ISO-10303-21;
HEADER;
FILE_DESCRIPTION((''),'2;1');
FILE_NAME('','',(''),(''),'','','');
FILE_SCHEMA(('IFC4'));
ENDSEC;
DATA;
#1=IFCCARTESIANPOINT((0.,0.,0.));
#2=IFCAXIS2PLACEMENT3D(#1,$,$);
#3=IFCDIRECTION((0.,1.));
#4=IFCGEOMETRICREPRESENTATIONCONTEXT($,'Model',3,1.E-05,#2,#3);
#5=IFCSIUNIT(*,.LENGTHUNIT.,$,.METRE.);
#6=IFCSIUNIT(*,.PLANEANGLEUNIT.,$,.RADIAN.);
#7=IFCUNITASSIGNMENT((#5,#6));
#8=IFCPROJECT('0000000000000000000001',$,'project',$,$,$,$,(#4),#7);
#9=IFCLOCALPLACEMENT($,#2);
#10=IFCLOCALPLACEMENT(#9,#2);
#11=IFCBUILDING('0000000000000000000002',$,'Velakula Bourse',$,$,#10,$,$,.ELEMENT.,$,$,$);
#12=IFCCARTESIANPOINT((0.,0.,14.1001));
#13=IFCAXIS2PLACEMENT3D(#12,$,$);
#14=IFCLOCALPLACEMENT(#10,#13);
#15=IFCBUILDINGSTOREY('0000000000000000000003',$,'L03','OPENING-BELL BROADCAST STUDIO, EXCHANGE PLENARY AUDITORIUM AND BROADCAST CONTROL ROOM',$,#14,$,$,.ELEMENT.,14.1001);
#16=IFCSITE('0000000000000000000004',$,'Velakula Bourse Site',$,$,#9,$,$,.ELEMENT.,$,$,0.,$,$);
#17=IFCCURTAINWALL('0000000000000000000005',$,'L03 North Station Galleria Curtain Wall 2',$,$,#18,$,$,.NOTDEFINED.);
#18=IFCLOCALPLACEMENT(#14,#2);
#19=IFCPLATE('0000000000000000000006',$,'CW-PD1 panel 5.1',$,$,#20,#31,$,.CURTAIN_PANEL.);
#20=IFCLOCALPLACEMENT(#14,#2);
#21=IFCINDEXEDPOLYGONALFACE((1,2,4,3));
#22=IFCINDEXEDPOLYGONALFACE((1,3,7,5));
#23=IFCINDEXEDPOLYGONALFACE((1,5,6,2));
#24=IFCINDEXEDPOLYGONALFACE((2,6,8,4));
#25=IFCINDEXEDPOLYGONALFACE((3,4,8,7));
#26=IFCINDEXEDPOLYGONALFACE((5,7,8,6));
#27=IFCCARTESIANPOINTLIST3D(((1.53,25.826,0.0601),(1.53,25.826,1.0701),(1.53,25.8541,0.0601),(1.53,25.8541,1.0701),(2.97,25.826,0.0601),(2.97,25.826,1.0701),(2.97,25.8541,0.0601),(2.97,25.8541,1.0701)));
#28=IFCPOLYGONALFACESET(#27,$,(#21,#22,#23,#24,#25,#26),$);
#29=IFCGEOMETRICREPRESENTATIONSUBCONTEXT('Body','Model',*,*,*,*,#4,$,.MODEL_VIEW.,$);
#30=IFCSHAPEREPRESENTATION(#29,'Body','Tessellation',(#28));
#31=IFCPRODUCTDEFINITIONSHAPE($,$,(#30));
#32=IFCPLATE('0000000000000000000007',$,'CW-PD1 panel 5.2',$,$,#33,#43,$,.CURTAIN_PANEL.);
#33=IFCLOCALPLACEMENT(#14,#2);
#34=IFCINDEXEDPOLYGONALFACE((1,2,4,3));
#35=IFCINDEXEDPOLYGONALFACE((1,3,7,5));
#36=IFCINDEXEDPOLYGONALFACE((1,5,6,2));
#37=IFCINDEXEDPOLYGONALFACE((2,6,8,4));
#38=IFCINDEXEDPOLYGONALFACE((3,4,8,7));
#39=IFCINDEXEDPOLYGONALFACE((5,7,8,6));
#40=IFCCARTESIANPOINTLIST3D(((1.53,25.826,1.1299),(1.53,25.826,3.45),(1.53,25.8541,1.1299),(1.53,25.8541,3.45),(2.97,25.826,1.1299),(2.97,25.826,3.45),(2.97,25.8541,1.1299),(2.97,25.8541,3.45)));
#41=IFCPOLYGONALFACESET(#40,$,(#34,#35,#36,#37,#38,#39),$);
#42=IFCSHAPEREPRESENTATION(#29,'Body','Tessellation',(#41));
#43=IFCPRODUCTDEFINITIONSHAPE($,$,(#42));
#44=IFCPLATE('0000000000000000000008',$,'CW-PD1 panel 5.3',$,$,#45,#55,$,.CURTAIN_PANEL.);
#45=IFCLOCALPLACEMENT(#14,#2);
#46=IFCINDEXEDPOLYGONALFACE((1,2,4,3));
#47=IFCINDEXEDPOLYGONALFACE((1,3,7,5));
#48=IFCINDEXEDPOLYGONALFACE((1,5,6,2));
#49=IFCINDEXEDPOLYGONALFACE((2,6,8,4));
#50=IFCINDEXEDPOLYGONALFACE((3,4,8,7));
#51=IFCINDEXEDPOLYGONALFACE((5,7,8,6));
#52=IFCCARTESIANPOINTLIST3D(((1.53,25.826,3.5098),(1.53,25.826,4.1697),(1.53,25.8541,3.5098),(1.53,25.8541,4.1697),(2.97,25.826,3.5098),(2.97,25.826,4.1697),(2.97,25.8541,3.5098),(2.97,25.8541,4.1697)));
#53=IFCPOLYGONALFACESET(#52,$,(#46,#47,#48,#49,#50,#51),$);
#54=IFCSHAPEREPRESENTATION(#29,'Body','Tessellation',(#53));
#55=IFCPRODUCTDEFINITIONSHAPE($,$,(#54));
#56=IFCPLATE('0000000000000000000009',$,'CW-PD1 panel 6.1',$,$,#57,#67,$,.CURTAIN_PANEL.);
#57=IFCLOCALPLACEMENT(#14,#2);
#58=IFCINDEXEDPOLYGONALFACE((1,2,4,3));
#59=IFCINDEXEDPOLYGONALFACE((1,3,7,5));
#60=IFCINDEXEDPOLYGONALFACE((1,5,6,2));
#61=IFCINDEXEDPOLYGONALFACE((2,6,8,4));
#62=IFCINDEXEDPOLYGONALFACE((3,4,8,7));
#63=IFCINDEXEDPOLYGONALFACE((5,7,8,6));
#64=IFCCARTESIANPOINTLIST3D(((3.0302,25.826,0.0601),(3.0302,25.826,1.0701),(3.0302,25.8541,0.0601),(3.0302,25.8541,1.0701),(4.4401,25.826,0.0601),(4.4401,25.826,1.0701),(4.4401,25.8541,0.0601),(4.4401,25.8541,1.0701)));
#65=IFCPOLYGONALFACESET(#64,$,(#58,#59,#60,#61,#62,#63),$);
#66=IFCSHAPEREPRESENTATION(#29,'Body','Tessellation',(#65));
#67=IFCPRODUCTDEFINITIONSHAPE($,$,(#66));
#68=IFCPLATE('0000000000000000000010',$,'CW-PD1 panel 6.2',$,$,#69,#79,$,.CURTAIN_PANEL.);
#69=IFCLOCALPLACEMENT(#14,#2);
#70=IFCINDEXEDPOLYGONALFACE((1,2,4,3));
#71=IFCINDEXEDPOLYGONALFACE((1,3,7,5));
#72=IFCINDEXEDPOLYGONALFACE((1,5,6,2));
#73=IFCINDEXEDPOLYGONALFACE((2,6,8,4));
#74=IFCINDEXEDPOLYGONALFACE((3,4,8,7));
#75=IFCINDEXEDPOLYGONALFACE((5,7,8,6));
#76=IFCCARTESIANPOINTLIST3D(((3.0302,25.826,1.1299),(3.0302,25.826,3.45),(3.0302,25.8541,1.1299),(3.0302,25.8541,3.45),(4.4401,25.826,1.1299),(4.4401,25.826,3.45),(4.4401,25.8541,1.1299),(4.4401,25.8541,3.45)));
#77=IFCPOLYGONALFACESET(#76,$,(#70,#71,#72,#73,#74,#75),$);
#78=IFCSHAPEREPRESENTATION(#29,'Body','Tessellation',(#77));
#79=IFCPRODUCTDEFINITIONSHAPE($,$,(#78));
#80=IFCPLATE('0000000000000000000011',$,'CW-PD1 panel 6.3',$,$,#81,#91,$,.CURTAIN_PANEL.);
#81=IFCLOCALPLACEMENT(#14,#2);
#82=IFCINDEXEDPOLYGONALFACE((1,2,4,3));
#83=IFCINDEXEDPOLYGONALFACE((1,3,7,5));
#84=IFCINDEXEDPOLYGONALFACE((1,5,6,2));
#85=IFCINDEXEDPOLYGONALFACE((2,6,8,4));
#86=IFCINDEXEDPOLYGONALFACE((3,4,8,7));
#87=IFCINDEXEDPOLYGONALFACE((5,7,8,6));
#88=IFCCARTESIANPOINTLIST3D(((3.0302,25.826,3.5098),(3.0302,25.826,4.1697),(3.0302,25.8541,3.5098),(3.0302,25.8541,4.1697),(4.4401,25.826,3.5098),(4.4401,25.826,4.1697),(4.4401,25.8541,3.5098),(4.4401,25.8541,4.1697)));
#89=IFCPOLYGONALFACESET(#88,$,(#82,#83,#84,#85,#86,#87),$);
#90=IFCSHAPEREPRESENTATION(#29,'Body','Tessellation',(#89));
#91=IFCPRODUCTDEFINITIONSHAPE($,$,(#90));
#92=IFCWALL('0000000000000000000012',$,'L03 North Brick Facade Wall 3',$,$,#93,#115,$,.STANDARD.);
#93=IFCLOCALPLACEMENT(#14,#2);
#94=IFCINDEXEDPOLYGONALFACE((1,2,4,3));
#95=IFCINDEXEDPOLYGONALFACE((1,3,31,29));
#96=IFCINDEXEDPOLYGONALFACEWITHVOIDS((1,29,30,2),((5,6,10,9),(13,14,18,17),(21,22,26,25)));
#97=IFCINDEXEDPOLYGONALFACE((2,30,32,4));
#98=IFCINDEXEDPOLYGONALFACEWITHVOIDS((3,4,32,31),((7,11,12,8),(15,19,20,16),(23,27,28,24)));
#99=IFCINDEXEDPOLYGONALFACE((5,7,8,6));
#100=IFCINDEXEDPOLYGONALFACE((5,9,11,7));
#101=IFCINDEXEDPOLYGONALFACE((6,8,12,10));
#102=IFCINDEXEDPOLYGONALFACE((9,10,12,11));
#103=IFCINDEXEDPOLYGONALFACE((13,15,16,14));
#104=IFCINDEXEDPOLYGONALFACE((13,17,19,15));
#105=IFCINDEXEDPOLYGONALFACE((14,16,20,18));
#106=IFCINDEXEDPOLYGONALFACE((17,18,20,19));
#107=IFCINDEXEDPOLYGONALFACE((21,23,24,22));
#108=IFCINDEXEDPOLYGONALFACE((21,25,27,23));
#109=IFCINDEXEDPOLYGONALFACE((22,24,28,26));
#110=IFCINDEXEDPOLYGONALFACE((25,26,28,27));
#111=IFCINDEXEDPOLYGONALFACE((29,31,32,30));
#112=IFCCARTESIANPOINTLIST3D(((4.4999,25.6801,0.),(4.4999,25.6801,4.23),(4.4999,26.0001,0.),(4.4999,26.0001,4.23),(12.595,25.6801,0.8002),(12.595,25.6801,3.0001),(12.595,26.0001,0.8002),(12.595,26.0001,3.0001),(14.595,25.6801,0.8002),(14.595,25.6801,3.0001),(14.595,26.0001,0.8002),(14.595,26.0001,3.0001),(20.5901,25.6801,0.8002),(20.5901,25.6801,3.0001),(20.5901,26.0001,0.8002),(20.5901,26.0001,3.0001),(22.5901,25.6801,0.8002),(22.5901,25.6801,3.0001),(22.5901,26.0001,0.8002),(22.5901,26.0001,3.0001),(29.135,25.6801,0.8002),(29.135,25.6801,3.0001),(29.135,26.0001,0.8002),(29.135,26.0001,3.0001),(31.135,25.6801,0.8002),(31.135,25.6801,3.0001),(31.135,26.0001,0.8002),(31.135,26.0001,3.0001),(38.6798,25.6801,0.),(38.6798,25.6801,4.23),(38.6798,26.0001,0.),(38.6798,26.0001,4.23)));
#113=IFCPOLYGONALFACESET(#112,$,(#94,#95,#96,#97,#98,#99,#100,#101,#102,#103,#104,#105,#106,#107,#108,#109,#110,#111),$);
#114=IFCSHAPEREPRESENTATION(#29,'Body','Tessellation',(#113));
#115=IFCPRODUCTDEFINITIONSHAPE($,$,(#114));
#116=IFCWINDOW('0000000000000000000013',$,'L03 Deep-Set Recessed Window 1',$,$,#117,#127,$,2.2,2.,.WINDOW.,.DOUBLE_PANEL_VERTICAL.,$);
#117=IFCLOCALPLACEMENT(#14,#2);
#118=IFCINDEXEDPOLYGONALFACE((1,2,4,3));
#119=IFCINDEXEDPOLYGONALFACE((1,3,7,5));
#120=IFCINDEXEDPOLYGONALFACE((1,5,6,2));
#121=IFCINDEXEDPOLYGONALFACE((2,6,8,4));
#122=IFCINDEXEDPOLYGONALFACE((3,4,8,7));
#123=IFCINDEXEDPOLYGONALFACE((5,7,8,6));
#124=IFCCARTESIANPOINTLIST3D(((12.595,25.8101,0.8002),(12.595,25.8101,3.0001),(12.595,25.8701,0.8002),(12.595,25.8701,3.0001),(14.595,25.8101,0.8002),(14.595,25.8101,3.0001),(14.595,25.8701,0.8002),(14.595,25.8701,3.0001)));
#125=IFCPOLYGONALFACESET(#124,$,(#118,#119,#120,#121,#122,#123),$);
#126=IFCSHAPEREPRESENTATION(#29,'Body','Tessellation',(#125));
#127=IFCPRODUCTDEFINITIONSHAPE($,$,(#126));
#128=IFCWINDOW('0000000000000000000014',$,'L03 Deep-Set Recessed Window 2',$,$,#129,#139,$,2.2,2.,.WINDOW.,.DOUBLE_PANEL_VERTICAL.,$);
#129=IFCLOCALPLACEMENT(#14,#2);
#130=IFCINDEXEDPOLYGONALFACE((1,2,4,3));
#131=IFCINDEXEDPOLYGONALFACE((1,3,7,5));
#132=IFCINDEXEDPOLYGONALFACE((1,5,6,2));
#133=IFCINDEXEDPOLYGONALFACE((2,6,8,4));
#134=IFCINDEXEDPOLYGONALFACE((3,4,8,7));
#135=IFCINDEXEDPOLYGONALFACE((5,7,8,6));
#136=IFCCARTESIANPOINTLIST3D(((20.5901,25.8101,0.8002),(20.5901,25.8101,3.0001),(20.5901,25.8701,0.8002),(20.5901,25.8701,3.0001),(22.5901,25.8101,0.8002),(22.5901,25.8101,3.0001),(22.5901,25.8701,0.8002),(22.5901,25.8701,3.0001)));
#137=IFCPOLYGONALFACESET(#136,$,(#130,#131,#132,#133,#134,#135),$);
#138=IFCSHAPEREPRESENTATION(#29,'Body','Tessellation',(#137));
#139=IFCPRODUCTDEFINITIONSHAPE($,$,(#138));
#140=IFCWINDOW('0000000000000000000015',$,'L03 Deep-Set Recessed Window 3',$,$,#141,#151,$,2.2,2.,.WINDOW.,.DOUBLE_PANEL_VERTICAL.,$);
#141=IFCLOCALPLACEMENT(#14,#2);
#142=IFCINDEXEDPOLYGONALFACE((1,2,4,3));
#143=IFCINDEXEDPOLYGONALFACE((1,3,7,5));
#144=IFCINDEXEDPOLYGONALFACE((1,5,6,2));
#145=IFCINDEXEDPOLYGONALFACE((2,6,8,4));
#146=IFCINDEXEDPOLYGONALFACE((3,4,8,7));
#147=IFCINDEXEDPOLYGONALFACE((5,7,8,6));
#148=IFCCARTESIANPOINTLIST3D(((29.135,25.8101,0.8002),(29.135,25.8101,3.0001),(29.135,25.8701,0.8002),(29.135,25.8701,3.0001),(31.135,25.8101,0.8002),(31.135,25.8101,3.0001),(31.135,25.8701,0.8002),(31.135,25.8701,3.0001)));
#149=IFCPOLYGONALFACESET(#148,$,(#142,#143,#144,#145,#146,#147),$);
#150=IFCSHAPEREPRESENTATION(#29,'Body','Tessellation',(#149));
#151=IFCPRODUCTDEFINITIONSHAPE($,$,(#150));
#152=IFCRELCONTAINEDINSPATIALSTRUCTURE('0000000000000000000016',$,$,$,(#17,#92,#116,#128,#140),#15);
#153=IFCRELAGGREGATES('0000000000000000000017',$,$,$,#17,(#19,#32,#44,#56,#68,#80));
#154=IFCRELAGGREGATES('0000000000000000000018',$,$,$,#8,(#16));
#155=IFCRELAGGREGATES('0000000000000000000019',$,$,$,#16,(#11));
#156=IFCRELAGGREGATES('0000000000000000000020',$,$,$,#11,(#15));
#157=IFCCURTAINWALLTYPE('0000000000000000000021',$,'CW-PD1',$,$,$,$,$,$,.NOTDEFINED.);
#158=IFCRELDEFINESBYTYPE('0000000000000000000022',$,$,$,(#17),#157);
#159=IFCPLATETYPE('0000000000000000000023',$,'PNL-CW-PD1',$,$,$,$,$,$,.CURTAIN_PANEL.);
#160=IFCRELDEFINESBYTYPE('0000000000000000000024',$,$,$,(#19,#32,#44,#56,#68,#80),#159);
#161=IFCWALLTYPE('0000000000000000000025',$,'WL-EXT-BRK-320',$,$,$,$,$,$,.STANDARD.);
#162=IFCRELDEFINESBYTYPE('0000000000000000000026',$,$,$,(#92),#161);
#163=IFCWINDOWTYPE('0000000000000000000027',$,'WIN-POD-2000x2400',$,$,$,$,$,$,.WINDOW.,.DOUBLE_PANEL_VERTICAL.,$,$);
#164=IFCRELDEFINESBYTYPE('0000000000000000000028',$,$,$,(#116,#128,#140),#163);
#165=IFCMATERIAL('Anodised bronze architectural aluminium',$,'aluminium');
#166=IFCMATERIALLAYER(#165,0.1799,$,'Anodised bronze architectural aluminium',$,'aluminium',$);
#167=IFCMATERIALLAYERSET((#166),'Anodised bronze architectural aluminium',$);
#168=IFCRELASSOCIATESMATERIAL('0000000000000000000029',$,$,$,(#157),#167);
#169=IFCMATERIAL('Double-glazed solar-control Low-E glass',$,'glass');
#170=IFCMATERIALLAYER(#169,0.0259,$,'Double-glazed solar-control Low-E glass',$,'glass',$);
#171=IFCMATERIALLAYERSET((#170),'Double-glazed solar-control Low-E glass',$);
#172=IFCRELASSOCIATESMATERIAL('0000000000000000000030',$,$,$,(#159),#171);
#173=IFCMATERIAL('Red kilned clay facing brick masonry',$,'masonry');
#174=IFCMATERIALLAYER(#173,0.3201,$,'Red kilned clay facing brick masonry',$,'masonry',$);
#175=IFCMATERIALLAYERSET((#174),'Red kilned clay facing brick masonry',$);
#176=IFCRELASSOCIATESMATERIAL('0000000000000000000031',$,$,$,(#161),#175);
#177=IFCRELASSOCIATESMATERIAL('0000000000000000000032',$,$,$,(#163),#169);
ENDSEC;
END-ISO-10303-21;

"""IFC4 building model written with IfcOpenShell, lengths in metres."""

from ifc_helpers import new_model, si_unit, direction, frame, frame_2d, origin, origin_2d, place, context, subcontext, project, spatial, rectangle, extrude, material, layer, layer_set, type_object, element, fill, aggregate, save


model = new_model("IFC4")

# Units and contexts
model_context = context("Model", 3, precision=1e-05, world=origin(), true_north=direction((0.0, 1.0)))
body_context = subcontext(model_context, "Body", "Model", "MODEL_VIEW")
ifc_project = project(units=[si_unit("LENGTHUNIT", "METRE"), si_unit("PLANEANGLEUNIT", "RADIAN")], contexts=[model_context])

# Site, building, storey
site_placement = place(None, origin())
site = spatial("IfcSite", under=ifc_project, at=site_placement, Name="Velakula Bourse Site", CompositionType="ELEMENT", RefElevation=0.0)
building_placement = place(site_placement, origin())
building = spatial("IfcBuilding", under=site, at=building_placement, Name="Velakula Bourse", CompositionType="ELEMENT")
storey_placement = place(building_placement, frame((0.0, 0.0, 14.1001)))
storey = spatial("IfcBuildingStorey", under=building, at=storey_placement, Name="L03", Description="OPENING-BELL BROADCAST STUDIO, EXCHANGE PLENARY AUDITORIUM AND BROADCAST CONTROL ROOM", CompositionType="ELEMENT", Elevation=14.1001)

# Curtain wall, plates
ifc_material_1 = material(Name="Anodised bronze architectural aluminium", Category="aluminium")
ifc_layer_1 = layer(ifc_material_1, 0.1799, Name="Anodised bronze architectural aluminium", Category="aluminium")
ifc_layer_set_1 = layer_set([ifc_layer_1], Name="Anodised bronze architectural aluminium")
curtain_wall_type = type_object("IfcCurtainWallType", Name="CW-PD1", PredefinedType="NOTDEFINED", material=ifc_layer_set_1)
curtain_wall_placement = place(storey_placement, origin())
curtain_wall = element("IfcCurtainWall", 1, at=curtain_wall_placement, inside=storey, type_object=curtain_wall_type, Name="L03 North Station Galleria Curtain Wall 2", PredefinedType="NOTDEFINED")
ifc_material_2 = material(Name="Double-glazed solar-control Low-E glass", Category="glass")
ifc_layer_2 = layer(ifc_material_2, 0.0259, Name="Double-glazed solar-control Low-E glass", Category="glass")
ifc_layer_set_2 = layer_set([ifc_layer_2], Name="Double-glazed solar-control Low-E glass")
plate_type = type_object("IfcPlateType", Name="PNL-CW-PD1", PredefinedType="CURTAIN_PANEL", material=ifc_layer_set_2)
plate_1_placement = place(storey_placement, frame((2.25, 25.8401, 0.0601), z_axis=(0.0, 0.0, 1.0), x_axis=(1.0, 0.0, 0.0)))
plate_1 = element("IfcPlate", 2, at=plate_1_placement, type_object=plate_type, Name="CW-PD1 panel 5.1", PredefinedType="CURTAIN_PANEL", context=body_context, shape_type="SweptSolid", body=[
    extrude(rectangle(XDim=1.4399, YDim=0.0281, at=origin_2d()), origin(), (0.0, 0.0, 1.0), 1.01),
])
plate_2_placement = place(storey_placement, frame((2.25, 25.8401, 1.1299), z_axis=(0.0, 0.0, 1.0), x_axis=(1.0, 0.0, 0.0)))
plate_2 = element("IfcPlate", 3, at=plate_2_placement, type_object=plate_type, Name="CW-PD1 panel 5.2", PredefinedType="CURTAIN_PANEL", context=body_context, shape_type="SweptSolid", body=[
    extrude(rectangle(XDim=1.4399, YDim=0.0281, at=origin_2d()), origin(), (0.0, 0.0, 1.0), 2.3201),
])
plate_3_placement = place(storey_placement, frame((2.25, 25.8401, 3.5098), z_axis=(0.0, 0.0, 1.0), x_axis=(1.0, 0.0, 0.0)))
plate_3 = element("IfcPlate", 4, at=plate_3_placement, type_object=plate_type, Name="CW-PD1 panel 5.3", PredefinedType="CURTAIN_PANEL", context=body_context, shape_type="SweptSolid", body=[
    extrude(rectangle(XDim=1.4399, YDim=0.0281, at=origin_2d()), origin(), (0.0, 0.0, 1.0), 0.6599),
])
plate_4_placement = place(storey_placement, frame((3.7351, 25.8401, 0.0601), z_axis=(0.0, 0.0, 1.0), x_axis=(1.0, 0.0, 0.0)))
plate_4 = element("IfcPlate", 5, at=plate_4_placement, type_object=plate_type, Name="CW-PD1 panel 6.1", PredefinedType="CURTAIN_PANEL", context=body_context, shape_type="SweptSolid", body=[
    extrude(rectangle(XDim=1.4099, YDim=0.0281, at=origin_2d()), origin(), (0.0, 0.0, 1.0), 1.01),
])
plate_5_placement = place(storey_placement, frame((3.7351, 25.8401, 1.1299), z_axis=(0.0, 0.0, 1.0), x_axis=(1.0, 0.0, 0.0)))
plate_5 = element("IfcPlate", 6, at=plate_5_placement, type_object=plate_type, Name="CW-PD1 panel 6.2", PredefinedType="CURTAIN_PANEL", context=body_context, shape_type="SweptSolid", body=[
    extrude(rectangle(XDim=1.4099, YDim=0.0281, at=origin_2d()), origin(), (0.0, 0.0, 1.0), 2.3201),
])
plate_6_placement = place(storey_placement, frame((3.7351, 25.8401, 3.5098), z_axis=(0.0, 0.0, 1.0), x_axis=(1.0, 0.0, 0.0)))
plate_6 = element("IfcPlate", 7, at=plate_6_placement, type_object=plate_type, Name="CW-PD1 panel 6.3", PredefinedType="CURTAIN_PANEL", context=body_context, shape_type="SweptSolid", body=[
    extrude(rectangle(XDim=1.4099, YDim=0.0281, at=origin_2d()), origin(), (0.0, 0.0, 1.0), 0.6599),
])
aggregate(curtain_wall, [plate_1, plate_2, plate_3, plate_4, plate_5, plate_6])

# Wall, openings, windows
ifc_material_3 = material(Name="Red kilned clay facing brick masonry", Category="masonry")
ifc_layer_3 = layer(ifc_material_3, 0.3201, Name="Red kilned clay facing brick masonry", Category="masonry")
ifc_layer_set_3 = layer_set([ifc_layer_3], Name="Red kilned clay facing brick masonry")
wall_type = type_object("IfcWallType", Name="WL-EXT-BRK-320", PredefinedType="STANDARD", material=ifc_layer_set_3)
wall_placement = place(storey_placement, frame((4.5, 25.8401, 0.0), z_axis=(0.0, 0.0, 1.0), x_axis=(1.0, 0.0, 0.0)))
wall = element("IfcWall", 8, at=wall_placement, inside=storey, type_object=wall_type, Name="L03 North Brick Facade Wall 3", PredefinedType="STANDARD", context=body_context, shape_type="SweptSolid", body=[
    extrude(rectangle(XDim=34.1799, YDim=0.3201, at=frame_2d((17.0898, 0.0))), origin(), (0.0, 0.0, 1.0), 4.23),
])
opening_1_placement = place(wall_placement, frame((8.095, 0.0, 0.8)))
opening_1 = element("IfcOpeningElement", 9, at=opening_1_placement, cuts=wall, PredefinedType="OPENING", context=body_context, shape_type="SweptSolid", body=[
    extrude(rectangle(XDim=2.0, YDim=2.2, at=frame_2d((1.0, 1.1001))), frame((0.0, 0.1699, 0.0), z_axis=(0.0, -1.0, 0.0), x_axis=(1.0, 0.0, 0.0)), (0.0, 0.0, 1.0), 0.3401),
])
opening_2_placement = place(wall_placement, frame((16.0901, 0.0, 0.8)))
opening_2 = element("IfcOpeningElement", 10, at=opening_2_placement, cuts=wall, PredefinedType="OPENING", context=body_context, shape_type="SweptSolid", body=[
    extrude(rectangle(XDim=2.0, YDim=2.2, at=frame_2d((1.0, 1.1001))), frame((0.0, 0.1699, 0.0), z_axis=(0.0, -1.0, 0.0), x_axis=(1.0, 0.0, 0.0)), (0.0, 0.0, 1.0), 0.3401),
])
opening_3_placement = place(wall_placement, frame((24.635, 0.0, 0.8)))
opening_3 = element("IfcOpeningElement", 11, at=opening_3_placement, cuts=wall, PredefinedType="OPENING", context=body_context, shape_type="SweptSolid", body=[
    extrude(rectangle(XDim=2.0, YDim=2.2, at=frame_2d((1.0, 1.1001))), frame((0.0, 0.1699, 0.0), z_axis=(0.0, -1.0, 0.0), x_axis=(1.0, 0.0, 0.0)), (0.0, 0.0, 1.0), 0.3401),
])
window_type = type_object("IfcWindowType", Name="WIN-POD-2000x2400", PartitioningType="DOUBLE_PANEL_VERTICAL", PredefinedType="WINDOW", material=ifc_material_2)
window_1_placement = place(opening_1_placement, origin())
window_1 = element("IfcWindow", 12, at=window_1_placement, inside=storey, type_object=window_type, Name="L03 Deep-Set Recessed Window 1", OverallHeight=2.2, OverallWidth=2.0, PartitioningType="DOUBLE_PANEL_VERTICAL", PredefinedType="WINDOW", context=body_context, shape_type="SweptSolid", body=[
    extrude(rectangle(XDim=2.0, YDim=2.2, at=frame_2d((1.0, 1.1001))), frame((0.0, 0.03, 0.0), z_axis=(0.0, -1.0, 0.0), x_axis=(1.0, 0.0, 0.0)), (0.0, 0.0, 1.0), 0.0601),
])
fill(opening_1, window_1)
window_2_placement = place(opening_2_placement, origin())
window_2 = element("IfcWindow", 13, at=window_2_placement, inside=storey, type_object=window_type, Name="L03 Deep-Set Recessed Window 2", OverallHeight=2.2, OverallWidth=2.0, PartitioningType="DOUBLE_PANEL_VERTICAL", PredefinedType="WINDOW", context=body_context, shape_type="SweptSolid", body=[
    extrude(rectangle(XDim=2.0, YDim=2.2, at=frame_2d((1.0, 1.1001))), frame((0.0, 0.03, 0.0), z_axis=(0.0, -1.0, 0.0), x_axis=(1.0, 0.0, 0.0)), (0.0, 0.0, 1.0), 0.0601),
])
fill(opening_2, window_2)
window_3_placement = place(opening_3_placement, origin())
window_3 = element("IfcWindow", 14, at=window_3_placement, inside=storey, type_object=window_type, Name="L03 Deep-Set Recessed Window 3", OverallHeight=2.2, OverallWidth=2.0, PartitioningType="DOUBLE_PANEL_VERTICAL", PredefinedType="WINDOW", context=body_context, shape_type="SweptSolid", body=[
    extrude(rectangle(XDim=2.0, YDim=2.2, at=frame_2d((1.0, 1.1001))), frame((0.0, 0.03, 0.0), z_axis=(0.0, -1.0, 0.0), x_axis=(1.0, 0.0, 0.0)), (0.0, 0.0, 1.0), 0.0601),
])
fill(opening_3, window_3)

save(model, "model.ifc")
